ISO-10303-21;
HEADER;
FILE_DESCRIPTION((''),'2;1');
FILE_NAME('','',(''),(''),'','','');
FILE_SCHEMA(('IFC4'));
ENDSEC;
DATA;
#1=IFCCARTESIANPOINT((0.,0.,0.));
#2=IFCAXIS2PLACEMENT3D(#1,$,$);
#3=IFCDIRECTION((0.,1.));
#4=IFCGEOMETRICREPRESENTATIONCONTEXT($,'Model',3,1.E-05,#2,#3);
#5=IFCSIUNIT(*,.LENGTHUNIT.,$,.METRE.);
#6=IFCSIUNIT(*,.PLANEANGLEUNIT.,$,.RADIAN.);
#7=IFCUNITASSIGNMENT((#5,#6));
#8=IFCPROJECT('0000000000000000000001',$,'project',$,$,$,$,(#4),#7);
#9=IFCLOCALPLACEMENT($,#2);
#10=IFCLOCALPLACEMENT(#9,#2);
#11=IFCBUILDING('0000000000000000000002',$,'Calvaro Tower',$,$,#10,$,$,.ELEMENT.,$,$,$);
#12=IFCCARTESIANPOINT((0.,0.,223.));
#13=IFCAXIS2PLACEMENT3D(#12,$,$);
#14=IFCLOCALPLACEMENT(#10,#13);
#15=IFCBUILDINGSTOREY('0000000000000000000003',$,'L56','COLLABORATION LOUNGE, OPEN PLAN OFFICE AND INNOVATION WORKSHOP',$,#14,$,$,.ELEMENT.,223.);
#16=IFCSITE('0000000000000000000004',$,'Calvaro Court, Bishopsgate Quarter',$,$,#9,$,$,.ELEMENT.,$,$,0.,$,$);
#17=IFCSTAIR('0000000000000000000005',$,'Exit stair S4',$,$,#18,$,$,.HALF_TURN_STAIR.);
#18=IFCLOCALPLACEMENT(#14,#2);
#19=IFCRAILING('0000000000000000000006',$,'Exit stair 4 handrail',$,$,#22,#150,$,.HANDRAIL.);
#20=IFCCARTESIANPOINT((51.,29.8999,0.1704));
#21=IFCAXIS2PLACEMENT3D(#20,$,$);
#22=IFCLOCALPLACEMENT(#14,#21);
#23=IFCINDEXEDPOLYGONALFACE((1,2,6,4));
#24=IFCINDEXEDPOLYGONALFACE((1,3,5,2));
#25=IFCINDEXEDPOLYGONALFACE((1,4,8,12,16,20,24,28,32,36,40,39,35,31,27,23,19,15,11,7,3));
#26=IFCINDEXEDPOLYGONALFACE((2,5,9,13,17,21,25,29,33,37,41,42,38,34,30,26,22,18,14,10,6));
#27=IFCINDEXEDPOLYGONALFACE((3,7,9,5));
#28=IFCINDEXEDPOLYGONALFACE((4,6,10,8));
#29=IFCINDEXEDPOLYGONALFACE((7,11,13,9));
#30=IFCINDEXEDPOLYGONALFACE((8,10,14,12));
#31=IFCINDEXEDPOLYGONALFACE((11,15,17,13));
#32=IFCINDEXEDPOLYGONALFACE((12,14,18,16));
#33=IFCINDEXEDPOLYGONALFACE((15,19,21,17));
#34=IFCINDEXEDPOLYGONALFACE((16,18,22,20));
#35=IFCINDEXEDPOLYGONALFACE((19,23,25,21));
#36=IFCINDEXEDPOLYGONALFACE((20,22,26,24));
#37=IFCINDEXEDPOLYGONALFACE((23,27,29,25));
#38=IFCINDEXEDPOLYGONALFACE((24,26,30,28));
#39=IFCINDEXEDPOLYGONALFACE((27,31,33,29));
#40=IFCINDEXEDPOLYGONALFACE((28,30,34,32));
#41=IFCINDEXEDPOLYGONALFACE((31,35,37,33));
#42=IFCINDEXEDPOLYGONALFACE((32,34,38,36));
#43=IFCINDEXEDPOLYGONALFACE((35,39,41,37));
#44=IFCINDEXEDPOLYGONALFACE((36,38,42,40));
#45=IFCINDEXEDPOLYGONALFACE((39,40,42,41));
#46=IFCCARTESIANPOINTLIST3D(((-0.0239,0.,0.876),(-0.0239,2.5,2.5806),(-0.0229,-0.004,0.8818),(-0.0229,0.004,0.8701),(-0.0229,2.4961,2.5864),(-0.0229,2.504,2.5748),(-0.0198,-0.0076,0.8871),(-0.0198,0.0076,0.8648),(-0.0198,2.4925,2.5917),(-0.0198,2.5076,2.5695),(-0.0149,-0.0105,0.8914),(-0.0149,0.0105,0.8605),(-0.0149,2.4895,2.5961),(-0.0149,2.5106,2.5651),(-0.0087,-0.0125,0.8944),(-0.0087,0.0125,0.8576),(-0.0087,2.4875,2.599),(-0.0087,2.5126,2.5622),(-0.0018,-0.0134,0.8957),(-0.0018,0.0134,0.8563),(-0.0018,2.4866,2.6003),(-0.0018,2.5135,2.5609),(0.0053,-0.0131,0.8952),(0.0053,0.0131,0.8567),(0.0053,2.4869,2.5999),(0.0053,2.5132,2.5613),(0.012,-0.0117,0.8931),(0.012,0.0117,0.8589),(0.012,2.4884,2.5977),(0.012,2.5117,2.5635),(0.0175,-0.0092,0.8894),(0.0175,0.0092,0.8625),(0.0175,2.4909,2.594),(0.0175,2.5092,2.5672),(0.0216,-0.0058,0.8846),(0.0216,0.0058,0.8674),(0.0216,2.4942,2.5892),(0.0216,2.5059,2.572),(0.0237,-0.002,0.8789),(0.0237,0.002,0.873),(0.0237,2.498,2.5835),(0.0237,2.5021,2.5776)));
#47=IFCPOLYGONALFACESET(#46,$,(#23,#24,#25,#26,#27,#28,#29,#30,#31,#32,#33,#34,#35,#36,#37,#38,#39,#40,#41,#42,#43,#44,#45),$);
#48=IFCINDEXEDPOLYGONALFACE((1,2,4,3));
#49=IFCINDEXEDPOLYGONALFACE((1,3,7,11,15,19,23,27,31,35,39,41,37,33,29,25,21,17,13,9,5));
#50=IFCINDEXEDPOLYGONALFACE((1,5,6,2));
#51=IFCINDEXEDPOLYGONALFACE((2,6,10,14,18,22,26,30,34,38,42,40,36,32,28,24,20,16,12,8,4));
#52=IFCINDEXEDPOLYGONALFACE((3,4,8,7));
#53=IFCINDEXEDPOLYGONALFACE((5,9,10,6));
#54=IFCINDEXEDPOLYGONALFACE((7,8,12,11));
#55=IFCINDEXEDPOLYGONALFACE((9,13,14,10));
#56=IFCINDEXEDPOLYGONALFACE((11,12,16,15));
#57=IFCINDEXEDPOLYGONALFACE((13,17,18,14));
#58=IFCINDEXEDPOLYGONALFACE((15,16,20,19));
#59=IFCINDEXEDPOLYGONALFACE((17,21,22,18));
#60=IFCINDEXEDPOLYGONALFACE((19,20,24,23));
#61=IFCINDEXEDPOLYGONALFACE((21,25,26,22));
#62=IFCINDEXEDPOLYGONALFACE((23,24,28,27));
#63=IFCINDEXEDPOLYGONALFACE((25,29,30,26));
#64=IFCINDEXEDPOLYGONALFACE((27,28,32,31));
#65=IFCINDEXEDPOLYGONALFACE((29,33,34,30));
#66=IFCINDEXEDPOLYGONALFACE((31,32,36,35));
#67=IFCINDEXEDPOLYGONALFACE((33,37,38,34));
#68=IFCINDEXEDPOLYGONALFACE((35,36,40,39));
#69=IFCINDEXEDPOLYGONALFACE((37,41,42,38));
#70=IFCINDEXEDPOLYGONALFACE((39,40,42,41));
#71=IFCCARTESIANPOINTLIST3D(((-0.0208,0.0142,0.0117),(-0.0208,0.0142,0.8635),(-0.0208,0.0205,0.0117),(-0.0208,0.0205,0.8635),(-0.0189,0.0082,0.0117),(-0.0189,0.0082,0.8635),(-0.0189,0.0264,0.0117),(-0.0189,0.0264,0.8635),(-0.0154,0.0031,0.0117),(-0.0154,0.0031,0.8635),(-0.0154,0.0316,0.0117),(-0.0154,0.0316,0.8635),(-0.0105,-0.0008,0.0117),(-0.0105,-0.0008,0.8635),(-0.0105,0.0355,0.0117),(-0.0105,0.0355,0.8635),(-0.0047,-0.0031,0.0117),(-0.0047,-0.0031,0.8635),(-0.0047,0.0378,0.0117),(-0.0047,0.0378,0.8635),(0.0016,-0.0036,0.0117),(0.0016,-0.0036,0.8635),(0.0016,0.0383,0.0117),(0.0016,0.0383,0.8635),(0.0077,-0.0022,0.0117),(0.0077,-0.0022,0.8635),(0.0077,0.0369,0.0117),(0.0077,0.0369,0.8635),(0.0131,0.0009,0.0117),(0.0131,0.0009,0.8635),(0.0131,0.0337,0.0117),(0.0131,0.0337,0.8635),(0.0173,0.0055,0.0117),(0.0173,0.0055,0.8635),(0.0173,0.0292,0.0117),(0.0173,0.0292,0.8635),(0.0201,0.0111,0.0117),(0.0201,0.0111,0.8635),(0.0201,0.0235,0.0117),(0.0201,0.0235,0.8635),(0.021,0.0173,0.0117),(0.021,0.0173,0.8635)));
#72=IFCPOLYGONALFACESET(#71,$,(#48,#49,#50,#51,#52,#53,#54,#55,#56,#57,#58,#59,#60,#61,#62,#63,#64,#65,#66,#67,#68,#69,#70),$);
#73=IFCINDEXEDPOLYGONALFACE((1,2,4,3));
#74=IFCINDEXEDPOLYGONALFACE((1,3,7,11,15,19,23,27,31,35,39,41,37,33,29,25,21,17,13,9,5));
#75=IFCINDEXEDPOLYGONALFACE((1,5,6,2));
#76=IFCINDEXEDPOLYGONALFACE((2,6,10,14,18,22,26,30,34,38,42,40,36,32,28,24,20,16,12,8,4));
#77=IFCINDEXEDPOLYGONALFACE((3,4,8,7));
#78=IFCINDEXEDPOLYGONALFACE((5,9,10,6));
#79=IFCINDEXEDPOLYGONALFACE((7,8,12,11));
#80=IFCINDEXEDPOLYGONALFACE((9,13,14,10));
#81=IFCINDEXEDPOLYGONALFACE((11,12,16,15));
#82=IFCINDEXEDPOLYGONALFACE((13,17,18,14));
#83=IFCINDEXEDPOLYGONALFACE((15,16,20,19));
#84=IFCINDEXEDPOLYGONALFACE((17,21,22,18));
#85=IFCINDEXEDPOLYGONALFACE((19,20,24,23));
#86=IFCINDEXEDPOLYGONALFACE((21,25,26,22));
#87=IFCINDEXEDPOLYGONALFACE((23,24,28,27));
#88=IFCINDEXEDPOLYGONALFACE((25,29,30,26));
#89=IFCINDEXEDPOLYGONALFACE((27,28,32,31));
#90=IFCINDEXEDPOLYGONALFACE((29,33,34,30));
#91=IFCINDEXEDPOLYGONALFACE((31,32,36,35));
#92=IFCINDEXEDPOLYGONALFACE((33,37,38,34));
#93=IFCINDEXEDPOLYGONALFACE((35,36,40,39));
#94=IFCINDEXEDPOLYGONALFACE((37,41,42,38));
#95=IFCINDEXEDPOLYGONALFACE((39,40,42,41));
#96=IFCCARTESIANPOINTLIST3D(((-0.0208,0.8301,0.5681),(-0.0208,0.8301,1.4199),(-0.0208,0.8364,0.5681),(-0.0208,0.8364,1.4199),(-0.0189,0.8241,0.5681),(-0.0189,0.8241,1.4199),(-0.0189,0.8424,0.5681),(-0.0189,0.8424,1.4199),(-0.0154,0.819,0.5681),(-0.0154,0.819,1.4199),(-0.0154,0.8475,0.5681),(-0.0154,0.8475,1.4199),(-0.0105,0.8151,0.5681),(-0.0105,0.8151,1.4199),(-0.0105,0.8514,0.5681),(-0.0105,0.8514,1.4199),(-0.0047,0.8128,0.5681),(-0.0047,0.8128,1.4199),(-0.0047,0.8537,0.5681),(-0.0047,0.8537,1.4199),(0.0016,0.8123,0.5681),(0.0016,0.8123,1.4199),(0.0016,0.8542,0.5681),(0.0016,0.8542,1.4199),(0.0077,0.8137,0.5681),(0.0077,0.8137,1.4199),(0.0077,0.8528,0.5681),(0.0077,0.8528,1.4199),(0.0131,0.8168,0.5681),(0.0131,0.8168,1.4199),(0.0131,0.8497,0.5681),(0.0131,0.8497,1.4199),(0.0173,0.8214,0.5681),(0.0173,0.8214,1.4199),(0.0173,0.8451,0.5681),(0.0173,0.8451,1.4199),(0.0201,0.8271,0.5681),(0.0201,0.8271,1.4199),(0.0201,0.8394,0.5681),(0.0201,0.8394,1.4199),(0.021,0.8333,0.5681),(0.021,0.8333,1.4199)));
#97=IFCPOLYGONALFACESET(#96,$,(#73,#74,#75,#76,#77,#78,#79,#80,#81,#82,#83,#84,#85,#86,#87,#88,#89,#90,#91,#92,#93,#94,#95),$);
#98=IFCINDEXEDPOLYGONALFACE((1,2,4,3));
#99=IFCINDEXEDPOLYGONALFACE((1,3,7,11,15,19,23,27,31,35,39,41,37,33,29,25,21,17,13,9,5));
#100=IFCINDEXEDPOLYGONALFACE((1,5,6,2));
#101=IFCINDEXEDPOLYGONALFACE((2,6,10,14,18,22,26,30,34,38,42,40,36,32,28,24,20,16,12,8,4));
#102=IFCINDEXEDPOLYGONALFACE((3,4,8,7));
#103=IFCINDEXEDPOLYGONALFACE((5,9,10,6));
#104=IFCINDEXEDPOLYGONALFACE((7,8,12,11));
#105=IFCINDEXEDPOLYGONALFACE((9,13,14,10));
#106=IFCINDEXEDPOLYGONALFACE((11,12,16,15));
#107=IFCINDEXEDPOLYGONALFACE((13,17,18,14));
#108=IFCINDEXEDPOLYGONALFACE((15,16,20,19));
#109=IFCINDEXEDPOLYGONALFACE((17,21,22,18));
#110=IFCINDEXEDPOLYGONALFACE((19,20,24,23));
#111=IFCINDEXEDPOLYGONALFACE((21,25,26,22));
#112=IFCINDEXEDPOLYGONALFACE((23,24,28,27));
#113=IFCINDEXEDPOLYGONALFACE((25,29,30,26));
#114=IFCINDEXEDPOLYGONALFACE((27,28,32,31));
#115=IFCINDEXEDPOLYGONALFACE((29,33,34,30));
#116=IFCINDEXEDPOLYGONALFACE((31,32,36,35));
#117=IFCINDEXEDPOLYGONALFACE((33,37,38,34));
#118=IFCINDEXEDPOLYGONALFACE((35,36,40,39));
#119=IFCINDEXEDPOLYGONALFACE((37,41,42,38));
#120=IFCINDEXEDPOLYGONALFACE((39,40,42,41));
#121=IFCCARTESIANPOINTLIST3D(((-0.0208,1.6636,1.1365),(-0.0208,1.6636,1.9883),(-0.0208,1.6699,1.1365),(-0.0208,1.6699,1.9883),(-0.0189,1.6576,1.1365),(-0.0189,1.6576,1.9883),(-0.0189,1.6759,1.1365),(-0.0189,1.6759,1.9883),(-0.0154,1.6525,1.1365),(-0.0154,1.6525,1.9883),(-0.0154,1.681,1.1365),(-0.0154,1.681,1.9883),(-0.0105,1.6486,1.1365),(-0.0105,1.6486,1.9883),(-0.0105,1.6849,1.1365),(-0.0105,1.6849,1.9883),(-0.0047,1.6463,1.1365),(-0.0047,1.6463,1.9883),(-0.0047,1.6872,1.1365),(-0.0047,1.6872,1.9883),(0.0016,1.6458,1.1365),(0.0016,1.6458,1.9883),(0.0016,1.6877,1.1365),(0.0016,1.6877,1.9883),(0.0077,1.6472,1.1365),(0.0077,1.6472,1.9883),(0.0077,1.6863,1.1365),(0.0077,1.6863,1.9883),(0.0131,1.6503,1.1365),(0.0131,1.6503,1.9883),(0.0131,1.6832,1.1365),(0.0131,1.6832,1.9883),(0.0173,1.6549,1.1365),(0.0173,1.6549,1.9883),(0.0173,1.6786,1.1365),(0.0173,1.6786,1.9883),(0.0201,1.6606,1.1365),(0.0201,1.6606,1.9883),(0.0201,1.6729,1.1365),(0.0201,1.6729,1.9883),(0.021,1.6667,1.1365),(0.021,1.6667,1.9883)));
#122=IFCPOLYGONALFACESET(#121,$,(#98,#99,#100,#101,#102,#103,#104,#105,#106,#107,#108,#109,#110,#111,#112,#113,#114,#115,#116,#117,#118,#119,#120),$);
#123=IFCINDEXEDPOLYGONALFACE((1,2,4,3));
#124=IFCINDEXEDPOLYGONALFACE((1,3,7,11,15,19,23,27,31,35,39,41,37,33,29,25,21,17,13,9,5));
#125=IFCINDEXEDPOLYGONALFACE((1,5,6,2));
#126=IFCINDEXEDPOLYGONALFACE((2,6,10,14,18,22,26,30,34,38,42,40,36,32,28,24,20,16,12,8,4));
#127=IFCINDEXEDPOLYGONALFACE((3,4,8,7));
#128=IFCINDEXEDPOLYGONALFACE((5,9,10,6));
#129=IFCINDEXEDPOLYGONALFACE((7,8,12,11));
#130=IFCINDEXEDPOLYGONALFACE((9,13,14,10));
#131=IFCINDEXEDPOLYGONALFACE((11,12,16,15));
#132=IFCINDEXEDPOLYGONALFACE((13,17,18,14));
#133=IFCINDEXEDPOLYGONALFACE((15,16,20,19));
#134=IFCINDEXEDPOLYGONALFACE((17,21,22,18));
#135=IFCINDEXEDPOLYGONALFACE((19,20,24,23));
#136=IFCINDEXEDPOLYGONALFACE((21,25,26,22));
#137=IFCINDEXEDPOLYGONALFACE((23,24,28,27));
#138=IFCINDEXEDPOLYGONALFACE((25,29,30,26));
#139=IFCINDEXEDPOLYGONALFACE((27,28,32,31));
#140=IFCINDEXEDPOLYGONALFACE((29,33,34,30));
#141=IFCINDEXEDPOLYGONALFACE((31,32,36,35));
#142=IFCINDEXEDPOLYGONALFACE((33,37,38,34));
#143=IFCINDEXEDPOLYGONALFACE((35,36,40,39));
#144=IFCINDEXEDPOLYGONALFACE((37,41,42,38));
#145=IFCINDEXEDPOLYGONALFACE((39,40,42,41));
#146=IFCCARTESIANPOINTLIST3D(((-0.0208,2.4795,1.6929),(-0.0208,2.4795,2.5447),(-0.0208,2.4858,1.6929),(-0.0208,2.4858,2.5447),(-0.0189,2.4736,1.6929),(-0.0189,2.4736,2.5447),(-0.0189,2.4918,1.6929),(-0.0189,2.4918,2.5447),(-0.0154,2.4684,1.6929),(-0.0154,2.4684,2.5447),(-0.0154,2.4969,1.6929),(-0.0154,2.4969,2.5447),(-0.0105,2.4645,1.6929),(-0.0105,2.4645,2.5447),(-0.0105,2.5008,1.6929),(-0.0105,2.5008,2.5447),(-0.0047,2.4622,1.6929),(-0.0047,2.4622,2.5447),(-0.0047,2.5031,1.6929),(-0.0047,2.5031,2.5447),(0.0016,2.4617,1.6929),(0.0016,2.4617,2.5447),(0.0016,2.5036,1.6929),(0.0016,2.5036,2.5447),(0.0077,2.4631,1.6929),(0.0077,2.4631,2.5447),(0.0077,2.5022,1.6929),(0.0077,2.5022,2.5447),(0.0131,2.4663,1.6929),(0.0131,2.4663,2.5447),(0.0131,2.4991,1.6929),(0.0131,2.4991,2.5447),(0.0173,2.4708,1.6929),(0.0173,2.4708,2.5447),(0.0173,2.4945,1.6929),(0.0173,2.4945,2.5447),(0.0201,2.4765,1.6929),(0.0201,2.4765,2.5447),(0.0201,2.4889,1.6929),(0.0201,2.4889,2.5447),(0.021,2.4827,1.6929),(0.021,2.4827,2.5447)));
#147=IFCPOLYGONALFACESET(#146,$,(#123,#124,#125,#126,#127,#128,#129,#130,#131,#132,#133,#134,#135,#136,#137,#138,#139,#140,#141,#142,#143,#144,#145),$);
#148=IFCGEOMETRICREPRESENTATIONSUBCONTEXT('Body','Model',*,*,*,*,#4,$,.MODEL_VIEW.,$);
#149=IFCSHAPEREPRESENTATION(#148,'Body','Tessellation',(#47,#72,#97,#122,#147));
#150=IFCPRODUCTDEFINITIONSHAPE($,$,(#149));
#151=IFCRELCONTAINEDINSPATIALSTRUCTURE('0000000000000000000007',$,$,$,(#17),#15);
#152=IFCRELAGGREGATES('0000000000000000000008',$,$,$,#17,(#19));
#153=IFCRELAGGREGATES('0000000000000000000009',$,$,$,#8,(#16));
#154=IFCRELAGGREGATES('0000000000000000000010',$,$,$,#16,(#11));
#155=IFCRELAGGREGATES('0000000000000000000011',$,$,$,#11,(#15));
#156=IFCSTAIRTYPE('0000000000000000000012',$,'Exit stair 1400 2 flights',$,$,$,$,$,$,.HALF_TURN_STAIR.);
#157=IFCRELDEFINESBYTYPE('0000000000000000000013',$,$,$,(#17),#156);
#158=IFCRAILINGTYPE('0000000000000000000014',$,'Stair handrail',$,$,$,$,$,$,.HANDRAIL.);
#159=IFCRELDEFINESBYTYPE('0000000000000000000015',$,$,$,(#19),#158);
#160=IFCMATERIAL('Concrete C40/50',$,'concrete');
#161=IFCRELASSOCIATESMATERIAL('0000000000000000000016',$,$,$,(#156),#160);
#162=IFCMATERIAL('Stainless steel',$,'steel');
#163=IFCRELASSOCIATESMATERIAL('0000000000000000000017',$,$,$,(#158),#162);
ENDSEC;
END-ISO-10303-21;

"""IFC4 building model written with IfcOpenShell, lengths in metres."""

from ifc_helpers import new_model, si_unit, direction, frame, origin, origin_2d, place, context, subcontext, project, spatial, circle, extrude, material, type_object, element, aggregate, save


model = new_model("IFC4")

# Units and contexts
model_context = context("Model", 3, precision=1e-05, world=origin(), true_north=direction((0.0, 1.0)))
body_context = subcontext(model_context, "Body", "Model", "MODEL_VIEW")
ifc_project = project(units=[si_unit("LENGTHUNIT", "METRE"), si_unit("PLANEANGLEUNIT", "RADIAN")], contexts=[model_context])

# Site, building, storey
site_placement = place(None, origin())
site = spatial("IfcSite", under=ifc_project, at=site_placement, Name="Calvaro Court, Bishopsgate Quarter", CompositionType="ELEMENT", RefElevation=0.0)
building_placement = place(site_placement, origin())
building = spatial("IfcBuilding", under=site, at=building_placement, Name="Calvaro Tower", CompositionType="ELEMENT")
storey_placement = place(building_placement, frame((0.0, 0.0, 223.0)))
storey = spatial("IfcBuildingStorey", under=building, at=storey_placement, Name="L56", Description="COLLABORATION LOUNGE, OPEN PLAN OFFICE AND INNOVATION WORKSHOP", CompositionType="ELEMENT", Elevation=223.0)

# Stair
ifc_material_1 = material(Name="Concrete C40/50", Category="concrete")
stair_type = type_object("IfcStairType", Name="Exit stair 1400 2 flights", PredefinedType="HALF_TURN_STAIR", material=ifc_material_1)
stair_1_placement = place(storey_placement, origin())
stair_1 = element("IfcStair", 1, at=stair_1_placement, inside=storey, type_object=stair_type, Name="Exit stair S4", PredefinedType="HALF_TURN_STAIR")

# Railing
ifc_material_2 = material(Name="Stainless steel", Category="steel")
railing_type = type_object("IfcRailingType", Name="Stair handrail", PredefinedType="HANDRAIL", material=ifc_material_2)
railing_1_placement = place(storey_placement, frame((51.0, 29.8999, 0.1704)))
railing_1 = element("IfcRailing", 2, at=railing_1_placement, type_object=railing_type, Name="Exit stair 4 handrail", PredefinedType="HANDRAIL", context=body_context, shape_type="SweptSolid", body=[
    extrude(circle(Radius=0.0239, at=origin_2d()), frame((0.0, 0.0, 0.876), z_axis=(0.0, 0.826221, 0.563347), x_axis=(-1.0, 0.0, 0.0)), (0.0, 0.0, 1.0), 3.0259),
    extrude(circle(Radius=0.021, at=origin_2d()), frame((0.0, 0.0173, 0.0117)), (0.0, 0.0, 1.0), 0.8518),
    extrude(circle(Radius=0.021, at=origin_2d()), frame((0.0, 0.8333, 0.5681)), (0.0, 0.0, 1.0), 0.8518),
    extrude(circle(Radius=0.021, at=origin_2d()), frame((0.0, 1.6667, 1.1365)), (0.0, 0.0, 1.0), 0.8518),
    extrude(circle(Radius=0.021, at=origin_2d()), frame((0.0, 2.4827, 1.6929)), (0.0, 0.0, 1.0), 0.8518),
])
aggregate(stair_1, [railing_1])

save(model, "model.ifc")
